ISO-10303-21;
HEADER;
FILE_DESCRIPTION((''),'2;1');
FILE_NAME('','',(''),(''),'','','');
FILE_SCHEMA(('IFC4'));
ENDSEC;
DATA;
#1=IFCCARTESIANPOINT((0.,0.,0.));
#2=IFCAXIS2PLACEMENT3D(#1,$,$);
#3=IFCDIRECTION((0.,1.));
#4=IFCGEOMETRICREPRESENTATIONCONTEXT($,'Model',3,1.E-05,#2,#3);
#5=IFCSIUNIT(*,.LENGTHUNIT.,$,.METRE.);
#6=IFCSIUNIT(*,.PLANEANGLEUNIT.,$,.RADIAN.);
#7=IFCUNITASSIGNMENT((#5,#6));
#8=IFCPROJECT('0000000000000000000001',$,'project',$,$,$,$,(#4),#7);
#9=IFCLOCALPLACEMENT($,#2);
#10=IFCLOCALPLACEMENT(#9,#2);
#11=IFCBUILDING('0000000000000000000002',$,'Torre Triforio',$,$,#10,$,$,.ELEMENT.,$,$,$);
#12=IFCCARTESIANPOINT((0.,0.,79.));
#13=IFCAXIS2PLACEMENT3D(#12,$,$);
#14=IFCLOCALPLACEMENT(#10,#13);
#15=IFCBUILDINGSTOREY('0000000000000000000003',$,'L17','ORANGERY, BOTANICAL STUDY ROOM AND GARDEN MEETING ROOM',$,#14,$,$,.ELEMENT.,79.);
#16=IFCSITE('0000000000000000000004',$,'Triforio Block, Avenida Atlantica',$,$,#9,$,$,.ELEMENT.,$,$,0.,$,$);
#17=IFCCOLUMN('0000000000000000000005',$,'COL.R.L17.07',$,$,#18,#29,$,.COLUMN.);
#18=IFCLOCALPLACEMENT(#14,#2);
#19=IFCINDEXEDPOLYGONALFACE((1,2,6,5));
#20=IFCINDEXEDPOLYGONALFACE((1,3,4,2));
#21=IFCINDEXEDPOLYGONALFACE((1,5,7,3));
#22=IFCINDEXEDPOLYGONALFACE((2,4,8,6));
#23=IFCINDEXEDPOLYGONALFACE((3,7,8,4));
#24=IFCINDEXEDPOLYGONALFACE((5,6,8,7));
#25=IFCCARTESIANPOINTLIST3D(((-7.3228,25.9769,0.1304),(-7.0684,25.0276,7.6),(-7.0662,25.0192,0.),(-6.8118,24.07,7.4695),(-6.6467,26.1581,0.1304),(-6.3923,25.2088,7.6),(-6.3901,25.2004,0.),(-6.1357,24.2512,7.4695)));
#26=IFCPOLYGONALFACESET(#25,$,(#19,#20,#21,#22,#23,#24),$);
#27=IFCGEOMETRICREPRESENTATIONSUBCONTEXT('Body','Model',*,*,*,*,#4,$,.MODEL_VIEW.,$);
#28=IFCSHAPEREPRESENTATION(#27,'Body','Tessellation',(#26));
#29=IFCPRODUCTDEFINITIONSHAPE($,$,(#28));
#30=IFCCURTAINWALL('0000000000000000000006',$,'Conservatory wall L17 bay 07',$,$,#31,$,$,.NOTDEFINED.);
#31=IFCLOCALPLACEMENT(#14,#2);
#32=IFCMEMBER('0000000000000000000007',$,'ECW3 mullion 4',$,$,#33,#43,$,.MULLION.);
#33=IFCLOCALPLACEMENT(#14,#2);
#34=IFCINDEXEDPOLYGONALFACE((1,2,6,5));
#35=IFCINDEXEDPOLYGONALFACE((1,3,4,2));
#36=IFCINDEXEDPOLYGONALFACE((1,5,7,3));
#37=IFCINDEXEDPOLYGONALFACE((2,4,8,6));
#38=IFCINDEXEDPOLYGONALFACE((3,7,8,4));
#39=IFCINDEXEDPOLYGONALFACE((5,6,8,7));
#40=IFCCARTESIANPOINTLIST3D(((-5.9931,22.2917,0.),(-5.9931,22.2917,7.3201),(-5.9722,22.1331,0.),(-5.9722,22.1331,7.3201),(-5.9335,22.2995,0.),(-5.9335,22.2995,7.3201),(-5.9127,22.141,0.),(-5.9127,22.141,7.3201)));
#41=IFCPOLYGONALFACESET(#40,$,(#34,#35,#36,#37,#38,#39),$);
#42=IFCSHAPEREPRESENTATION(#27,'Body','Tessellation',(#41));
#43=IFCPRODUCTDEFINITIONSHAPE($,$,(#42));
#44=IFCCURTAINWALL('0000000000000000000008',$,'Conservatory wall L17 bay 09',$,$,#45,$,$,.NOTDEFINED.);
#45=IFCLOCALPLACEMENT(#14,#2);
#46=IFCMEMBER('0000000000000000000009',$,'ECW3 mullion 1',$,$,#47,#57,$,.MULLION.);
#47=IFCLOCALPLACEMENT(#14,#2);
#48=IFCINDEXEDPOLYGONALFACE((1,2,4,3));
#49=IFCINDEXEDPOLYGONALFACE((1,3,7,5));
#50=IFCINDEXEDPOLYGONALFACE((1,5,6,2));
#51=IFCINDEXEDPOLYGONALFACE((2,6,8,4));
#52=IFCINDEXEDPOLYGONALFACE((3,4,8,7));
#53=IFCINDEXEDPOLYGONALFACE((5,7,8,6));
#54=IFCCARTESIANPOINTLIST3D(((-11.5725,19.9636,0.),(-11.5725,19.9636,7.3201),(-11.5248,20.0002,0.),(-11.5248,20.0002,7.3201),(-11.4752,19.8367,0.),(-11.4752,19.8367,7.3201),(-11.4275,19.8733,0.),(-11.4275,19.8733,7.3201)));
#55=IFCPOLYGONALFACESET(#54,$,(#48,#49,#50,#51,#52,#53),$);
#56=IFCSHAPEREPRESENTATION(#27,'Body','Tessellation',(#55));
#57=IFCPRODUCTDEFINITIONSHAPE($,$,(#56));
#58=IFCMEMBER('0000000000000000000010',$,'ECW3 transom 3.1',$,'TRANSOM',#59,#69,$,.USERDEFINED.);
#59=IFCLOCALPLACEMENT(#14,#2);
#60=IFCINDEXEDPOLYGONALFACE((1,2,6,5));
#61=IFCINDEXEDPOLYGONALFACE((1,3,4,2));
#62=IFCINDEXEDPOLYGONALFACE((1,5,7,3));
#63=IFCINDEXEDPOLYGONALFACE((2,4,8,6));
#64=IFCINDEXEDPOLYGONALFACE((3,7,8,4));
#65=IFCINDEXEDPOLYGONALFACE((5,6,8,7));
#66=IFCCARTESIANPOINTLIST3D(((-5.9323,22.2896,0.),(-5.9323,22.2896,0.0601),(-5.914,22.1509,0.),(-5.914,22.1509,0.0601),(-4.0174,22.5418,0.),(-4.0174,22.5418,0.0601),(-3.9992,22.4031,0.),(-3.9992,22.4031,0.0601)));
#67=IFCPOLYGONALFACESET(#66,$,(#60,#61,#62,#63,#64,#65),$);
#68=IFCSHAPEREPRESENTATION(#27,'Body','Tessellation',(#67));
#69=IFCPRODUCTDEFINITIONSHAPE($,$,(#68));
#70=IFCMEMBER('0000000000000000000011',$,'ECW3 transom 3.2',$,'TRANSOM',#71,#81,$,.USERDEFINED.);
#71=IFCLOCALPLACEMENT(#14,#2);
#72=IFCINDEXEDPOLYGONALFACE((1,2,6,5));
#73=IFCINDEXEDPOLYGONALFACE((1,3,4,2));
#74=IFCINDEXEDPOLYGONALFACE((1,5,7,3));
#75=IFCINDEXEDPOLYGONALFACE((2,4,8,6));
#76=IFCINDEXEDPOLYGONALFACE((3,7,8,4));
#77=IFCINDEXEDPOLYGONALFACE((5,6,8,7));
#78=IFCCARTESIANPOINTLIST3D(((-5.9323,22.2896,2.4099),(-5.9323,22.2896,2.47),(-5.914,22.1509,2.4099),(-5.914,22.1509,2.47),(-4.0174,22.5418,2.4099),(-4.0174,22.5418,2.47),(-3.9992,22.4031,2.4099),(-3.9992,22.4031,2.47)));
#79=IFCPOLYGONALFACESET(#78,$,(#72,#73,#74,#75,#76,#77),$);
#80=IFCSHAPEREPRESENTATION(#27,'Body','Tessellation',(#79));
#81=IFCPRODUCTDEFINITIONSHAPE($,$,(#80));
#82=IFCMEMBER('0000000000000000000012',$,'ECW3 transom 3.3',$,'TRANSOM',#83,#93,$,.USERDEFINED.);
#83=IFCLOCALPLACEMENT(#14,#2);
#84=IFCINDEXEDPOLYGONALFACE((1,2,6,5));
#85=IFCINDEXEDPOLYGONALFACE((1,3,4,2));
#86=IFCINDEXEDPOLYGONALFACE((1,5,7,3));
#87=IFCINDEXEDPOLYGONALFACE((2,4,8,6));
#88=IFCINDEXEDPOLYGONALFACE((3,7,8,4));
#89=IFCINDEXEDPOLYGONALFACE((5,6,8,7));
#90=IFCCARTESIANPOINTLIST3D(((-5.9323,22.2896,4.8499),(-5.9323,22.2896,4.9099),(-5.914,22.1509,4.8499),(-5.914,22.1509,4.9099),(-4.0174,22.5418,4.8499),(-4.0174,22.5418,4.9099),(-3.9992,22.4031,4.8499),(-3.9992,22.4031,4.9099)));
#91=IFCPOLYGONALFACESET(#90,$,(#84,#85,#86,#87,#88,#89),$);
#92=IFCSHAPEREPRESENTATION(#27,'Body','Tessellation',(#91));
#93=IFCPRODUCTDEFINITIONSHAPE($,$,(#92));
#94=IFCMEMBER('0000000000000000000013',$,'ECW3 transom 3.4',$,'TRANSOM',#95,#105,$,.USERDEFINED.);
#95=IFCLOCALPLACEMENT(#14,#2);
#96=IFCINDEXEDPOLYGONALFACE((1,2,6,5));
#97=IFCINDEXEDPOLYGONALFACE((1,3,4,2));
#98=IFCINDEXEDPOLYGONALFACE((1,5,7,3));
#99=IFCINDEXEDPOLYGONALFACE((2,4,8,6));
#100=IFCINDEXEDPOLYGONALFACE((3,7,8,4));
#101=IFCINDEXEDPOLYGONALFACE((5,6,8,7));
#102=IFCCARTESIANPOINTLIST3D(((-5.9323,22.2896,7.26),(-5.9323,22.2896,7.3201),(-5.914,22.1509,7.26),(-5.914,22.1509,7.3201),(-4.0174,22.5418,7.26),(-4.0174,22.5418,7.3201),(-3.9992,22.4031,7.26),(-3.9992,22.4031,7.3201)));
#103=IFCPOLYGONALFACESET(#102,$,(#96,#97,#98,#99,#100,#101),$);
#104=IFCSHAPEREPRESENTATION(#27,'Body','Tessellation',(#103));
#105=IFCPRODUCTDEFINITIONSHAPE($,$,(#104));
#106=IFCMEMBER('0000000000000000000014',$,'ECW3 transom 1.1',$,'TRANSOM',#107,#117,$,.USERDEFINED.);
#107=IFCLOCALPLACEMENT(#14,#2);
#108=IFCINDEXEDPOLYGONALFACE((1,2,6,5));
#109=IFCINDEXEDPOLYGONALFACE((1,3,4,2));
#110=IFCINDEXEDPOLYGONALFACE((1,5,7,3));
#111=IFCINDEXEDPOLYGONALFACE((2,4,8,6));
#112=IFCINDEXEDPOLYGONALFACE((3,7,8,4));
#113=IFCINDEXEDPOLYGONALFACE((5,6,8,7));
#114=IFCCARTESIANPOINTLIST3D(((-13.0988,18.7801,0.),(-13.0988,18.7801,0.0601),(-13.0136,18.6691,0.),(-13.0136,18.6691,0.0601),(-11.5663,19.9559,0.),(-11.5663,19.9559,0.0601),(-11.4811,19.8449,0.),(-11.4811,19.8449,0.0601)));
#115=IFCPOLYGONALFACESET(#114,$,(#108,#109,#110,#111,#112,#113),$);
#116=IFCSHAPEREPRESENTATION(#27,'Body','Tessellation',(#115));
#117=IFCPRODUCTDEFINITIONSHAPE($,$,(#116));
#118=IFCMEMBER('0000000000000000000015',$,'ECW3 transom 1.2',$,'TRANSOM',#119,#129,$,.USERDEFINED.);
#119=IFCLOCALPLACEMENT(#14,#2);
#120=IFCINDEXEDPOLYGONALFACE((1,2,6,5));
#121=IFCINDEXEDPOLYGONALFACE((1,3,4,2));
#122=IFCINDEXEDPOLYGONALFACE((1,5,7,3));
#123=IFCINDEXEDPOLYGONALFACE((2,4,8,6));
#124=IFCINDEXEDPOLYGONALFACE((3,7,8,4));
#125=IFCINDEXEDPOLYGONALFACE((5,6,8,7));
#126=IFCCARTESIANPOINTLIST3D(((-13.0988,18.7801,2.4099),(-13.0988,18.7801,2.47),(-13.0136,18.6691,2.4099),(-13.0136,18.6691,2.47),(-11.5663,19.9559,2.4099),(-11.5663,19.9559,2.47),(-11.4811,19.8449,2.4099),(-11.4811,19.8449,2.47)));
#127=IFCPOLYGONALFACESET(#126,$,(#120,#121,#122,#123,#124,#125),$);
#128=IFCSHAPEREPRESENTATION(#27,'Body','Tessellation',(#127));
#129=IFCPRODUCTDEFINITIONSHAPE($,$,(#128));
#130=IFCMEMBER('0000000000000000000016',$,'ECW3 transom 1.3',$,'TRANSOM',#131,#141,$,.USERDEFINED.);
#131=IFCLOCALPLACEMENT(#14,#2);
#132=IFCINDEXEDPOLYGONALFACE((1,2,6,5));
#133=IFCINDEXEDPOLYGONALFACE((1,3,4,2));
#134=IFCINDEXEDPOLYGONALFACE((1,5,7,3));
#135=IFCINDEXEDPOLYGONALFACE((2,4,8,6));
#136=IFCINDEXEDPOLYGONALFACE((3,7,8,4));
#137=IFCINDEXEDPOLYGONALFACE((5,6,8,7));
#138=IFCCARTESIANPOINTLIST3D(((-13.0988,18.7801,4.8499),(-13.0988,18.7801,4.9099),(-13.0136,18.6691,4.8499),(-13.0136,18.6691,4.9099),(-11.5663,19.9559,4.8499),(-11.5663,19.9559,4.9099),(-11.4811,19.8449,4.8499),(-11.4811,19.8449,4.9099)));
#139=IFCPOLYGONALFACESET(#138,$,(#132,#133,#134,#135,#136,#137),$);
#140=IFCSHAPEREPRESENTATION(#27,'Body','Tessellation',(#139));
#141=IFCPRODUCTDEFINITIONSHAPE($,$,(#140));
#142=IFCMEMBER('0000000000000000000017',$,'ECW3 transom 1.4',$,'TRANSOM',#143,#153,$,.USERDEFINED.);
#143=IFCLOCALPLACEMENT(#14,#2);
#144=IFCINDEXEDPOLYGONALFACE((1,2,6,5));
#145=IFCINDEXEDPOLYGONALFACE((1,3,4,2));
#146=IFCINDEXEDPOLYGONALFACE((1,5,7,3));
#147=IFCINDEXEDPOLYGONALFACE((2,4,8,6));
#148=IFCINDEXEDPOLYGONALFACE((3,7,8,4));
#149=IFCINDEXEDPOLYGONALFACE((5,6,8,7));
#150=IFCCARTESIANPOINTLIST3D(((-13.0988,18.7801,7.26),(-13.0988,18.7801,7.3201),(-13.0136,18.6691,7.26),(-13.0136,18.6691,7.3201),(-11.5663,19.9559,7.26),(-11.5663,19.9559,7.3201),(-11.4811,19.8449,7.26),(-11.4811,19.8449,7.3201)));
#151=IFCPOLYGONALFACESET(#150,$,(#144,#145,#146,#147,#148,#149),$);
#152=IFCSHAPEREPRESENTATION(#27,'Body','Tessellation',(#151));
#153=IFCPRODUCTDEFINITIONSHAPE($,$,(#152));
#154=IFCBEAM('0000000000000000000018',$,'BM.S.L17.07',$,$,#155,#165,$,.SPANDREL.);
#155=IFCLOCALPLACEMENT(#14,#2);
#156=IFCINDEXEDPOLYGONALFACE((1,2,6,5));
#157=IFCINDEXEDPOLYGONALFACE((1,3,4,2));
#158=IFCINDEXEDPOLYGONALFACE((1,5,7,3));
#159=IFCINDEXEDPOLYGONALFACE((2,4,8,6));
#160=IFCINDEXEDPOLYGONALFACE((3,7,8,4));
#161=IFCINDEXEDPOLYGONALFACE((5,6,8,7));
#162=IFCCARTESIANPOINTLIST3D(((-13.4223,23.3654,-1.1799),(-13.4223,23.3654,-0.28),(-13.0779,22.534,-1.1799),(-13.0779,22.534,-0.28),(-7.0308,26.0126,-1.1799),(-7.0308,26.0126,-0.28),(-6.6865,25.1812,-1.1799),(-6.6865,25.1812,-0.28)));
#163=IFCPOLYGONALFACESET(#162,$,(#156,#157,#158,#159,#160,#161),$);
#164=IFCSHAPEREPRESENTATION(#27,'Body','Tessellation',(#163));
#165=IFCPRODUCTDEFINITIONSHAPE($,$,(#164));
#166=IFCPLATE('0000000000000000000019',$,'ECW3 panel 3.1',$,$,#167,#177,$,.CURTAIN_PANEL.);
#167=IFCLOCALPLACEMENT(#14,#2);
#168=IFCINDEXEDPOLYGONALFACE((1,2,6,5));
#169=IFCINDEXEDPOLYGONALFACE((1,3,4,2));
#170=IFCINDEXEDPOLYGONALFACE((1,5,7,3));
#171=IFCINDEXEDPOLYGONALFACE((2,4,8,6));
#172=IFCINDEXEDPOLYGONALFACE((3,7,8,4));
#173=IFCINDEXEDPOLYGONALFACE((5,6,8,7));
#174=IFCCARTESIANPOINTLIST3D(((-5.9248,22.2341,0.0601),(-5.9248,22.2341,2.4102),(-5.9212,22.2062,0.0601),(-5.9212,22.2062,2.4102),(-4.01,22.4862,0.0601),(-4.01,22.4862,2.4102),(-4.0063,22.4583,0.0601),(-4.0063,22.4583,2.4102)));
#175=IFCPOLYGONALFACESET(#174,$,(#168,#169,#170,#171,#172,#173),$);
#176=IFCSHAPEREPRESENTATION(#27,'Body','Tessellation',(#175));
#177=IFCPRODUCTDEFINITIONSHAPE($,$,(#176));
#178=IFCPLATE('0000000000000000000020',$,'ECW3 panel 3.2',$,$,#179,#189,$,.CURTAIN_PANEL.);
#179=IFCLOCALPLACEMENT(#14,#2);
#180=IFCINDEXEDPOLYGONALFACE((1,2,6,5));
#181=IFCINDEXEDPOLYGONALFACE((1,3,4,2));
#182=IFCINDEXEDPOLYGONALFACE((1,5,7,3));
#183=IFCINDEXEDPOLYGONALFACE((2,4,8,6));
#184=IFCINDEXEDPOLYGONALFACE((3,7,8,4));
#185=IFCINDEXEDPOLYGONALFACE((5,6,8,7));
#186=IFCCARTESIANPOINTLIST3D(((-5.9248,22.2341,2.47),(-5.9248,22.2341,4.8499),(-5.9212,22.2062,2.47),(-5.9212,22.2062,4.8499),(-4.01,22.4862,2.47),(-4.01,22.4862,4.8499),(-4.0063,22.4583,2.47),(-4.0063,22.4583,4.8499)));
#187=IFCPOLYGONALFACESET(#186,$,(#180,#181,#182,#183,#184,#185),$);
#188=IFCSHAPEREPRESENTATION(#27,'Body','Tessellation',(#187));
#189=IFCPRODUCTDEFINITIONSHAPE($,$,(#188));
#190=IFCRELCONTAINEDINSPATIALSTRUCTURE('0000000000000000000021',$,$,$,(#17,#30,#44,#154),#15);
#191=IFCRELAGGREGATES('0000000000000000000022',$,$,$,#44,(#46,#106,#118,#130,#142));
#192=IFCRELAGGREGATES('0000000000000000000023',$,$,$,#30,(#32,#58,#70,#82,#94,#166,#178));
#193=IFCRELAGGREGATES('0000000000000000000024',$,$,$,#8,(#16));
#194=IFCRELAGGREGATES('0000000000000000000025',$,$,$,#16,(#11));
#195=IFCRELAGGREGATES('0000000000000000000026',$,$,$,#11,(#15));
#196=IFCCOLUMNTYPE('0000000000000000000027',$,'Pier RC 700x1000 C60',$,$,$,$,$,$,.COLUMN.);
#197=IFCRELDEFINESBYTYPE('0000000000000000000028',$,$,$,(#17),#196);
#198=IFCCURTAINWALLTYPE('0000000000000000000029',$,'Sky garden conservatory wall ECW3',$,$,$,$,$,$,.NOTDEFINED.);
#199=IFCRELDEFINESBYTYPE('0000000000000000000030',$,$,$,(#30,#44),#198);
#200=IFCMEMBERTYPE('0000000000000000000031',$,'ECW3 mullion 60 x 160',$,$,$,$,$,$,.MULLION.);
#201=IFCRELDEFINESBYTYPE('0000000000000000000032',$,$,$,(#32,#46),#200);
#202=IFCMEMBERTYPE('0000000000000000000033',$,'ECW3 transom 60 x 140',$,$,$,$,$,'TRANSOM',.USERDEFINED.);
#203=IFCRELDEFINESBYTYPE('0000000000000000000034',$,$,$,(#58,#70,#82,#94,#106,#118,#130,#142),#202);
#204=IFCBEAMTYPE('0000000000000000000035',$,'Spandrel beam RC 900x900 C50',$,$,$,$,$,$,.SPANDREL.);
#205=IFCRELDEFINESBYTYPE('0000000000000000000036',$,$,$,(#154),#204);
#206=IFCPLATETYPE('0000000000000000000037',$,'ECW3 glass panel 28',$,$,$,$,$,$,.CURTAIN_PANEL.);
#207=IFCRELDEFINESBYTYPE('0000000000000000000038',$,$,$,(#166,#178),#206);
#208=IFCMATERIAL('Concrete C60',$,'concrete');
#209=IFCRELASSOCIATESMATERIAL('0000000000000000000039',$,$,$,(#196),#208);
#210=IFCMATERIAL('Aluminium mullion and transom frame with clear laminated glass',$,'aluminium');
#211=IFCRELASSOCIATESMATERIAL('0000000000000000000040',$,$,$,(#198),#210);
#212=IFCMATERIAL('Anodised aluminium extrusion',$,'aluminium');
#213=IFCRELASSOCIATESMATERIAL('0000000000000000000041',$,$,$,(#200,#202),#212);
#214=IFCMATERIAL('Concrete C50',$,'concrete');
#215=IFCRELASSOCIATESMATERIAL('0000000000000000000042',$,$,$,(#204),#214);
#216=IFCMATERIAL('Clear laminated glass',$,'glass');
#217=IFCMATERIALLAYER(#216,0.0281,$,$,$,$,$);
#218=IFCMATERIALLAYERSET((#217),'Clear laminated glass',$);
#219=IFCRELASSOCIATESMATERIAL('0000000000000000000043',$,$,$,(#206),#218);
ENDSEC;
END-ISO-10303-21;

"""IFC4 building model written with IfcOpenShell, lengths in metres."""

from ifc_helpers import new_model, si_unit, direction, frame, origin, origin_2d, place, context, subcontext, project, spatial, rectangle, extrude, material, layer, layer_set, material_profile, profile_set, type_object, element, aggregate, save


model = new_model("IFC4")

# Units and contexts
model_context = context("Model", 3, precision=1e-05, world=origin(), true_north=direction((0.0, 1.0)))
body_context = subcontext(model_context, "Body", "Model", "MODEL_VIEW")
ifc_project = project(units=[si_unit("LENGTHUNIT", "METRE"), si_unit("PLANEANGLEUNIT", "RADIAN")], contexts=[model_context])

# Site, building, storey
site_placement = place(None, origin())
site = spatial("IfcSite", under=ifc_project, at=site_placement, Name="Triforio Block, Avenida Atlantica", CompositionType="ELEMENT", RefElevation=0.0)
building_placement = place(site_placement, origin())
building = spatial("IfcBuilding", under=site, at=building_placement, Name="Torre Triforio", CompositionType="ELEMENT")
storey_placement = place(building_placement, frame((0.0, 0.0, 79.0)))
storey = spatial("IfcBuildingStorey", under=building, at=storey_placement, Name="L17", Description="ORANGERY, BOTANICAL STUDY ROOM AND GARDEN MEETING ROOM", CompositionType="ELEMENT", Elevation=79.0)

# Column
ifc_material_1 = material(Name="Concrete C60", Category="concrete")
ifc_material_profile_1 = material_profile(ifc_material_1, rectangle(XDim=0.7, YDim=1.0, at=origin_2d()), Name="RC 700x1000")
ifc_profile_set_1 = profile_set([ifc_material_profile_1], Name="Concrete C60")
column_type = type_object("IfcColumnType", Name="Pier RC 700x1000 C60", PredefinedType="COLUMN", material=ifc_profile_set_1)
column_placement = place(storey_placement, frame((-6.8564, 25.5886, 0.0652), z_axis=(0.033767, -0.125994, 0.991456), x_axis=(0.965913, 0.258869, 0.0)))
element("IfcColumn", 1, at=column_placement, inside=storey, type_object=column_type, Name="COL.R.L17.07", PredefinedType="COLUMN", context=body_context, shape_type="SweptSolid", body=[
    extrude(rectangle(XDim=0.7, YDim=1.0, at=origin_2d()), origin(), (0.0, 0.0, 1.0), 7.5339),
])

# Curtain walls, members
ifc_material_2 = material(Name="Aluminium mullion and transom frame with clear laminated glass", Category="aluminium")
curtain_wall_type = type_object("IfcCurtainWallType", Name="Sky garden conservatory wall ECW3", PredefinedType="NOTDEFINED", material=ifc_material_2)
curtain_wall_1_placement = place(storey_placement, origin())
curtain_wall_1 = element("IfcCurtainWall", 2, at=curtain_wall_1_placement, inside=storey, type_object=curtain_wall_type, Name="Conservatory wall L17 bay 07", PredefinedType="NOTDEFINED")
ifc_material_3 = material(Name="Anodised aluminium extrusion", Category="aluminium")
ifc_material_profile_2 = material_profile(ifc_material_3, rectangle(XDim=0.1599, YDim=0.0601, at=origin_2d()), Name="ECW3 MULLION 60x160")
ifc_profile_set_2 = profile_set([ifc_material_profile_2], Name="Anodised aluminium extrusion")
member_type_1 = type_object("IfcMemberType", Name="ECW3 mullion 60 x 160", PredefinedType="MULLION", material=ifc_profile_set_2)
member_1_placement = place(storey_placement, frame((-5.9529, 22.2163, 0.0), z_axis=(0.0, 0.0, 1.0), x_axis=(0.130521, -0.991446, 0.0)))
member_1 = element("IfcMember", 3, at=member_1_placement, type_object=member_type_1, Name="ECW3 mullion 4", PredefinedType="MULLION", context=body_context, shape_type="SweptSolid", body=[
    extrude(rectangle(XDim=0.1599, YDim=0.0601, at=origin_2d()), origin(), (0.0, 0.0, 1.0), 7.3201),
])
curtain_wall_2_placement = place(storey_placement, origin())
curtain_wall_2 = element("IfcCurtainWall", 4, at=curtain_wall_2_placement, inside=storey, type_object=curtain_wall_type, Name="Conservatory wall L17 bay 09", PredefinedType="NOTDEFINED")
member_2_placement = place(storey_placement, frame((-11.5, 19.9185, 0.0), z_axis=(0.0, 0.0, 1.0), x_axis=(0.608752, -0.79336, 0.0)))
member_2 = element("IfcMember", 5, at=member_2_placement, type_object=member_type_1, Name="ECW3 mullion 1", PredefinedType="MULLION", context=body_context, shape_type="SweptSolid", body=[
    extrude(rectangle(XDim=0.1599, YDim=0.0601, at=origin_2d()), origin(), (0.0, 0.0, 1.0), 7.3201),
])

# Members
ifc_material_profile_3 = material_profile(ifc_material_3, rectangle(XDim=0.1399, YDim=0.0601, at=origin_2d()), Name="ECW3 TRANSOM 60x140")
ifc_profile_set_3 = profile_set([ifc_material_profile_3], Name="Anodised aluminium extrusion")
member_type_2 = type_object("IfcMemberType", Name="ECW3 transom 60 x 140", ElementType="TRANSOM", PredefinedType="USERDEFINED", material=ifc_profile_set_3)
member_3_placement = place(storey_placement, frame((-4.0083, 22.4724, 0.03), z_axis=(-0.991438, -0.130582, 0.0), x_axis=(0.130582, -0.991438, 0.0)))
member_3 = element("IfcMember", 6, at=member_3_placement, type_object=member_type_2, Name="ECW3 transom 3.1", ObjectType="TRANSOM", PredefinedType="USERDEFINED", context=body_context, shape_type="SweptSolid", body=[
    extrude(rectangle(XDim=0.1399, YDim=0.0601, at=origin_2d()), origin(), (0.0, 0.0, 1.0), 1.9314),
])
member_4_placement = place(storey_placement, frame((-4.0083, 22.4724, 2.4399), z_axis=(-0.991438, -0.130582, 0.0), x_axis=(0.130582, -0.991438, 0.0)))
member_4 = element("IfcMember", 7, at=member_4_placement, type_object=member_type_2, Name="ECW3 transom 3.2", ObjectType="TRANSOM", PredefinedType="USERDEFINED", context=body_context, shape_type="SweptSolid", body=[
    extrude(rectangle(XDim=0.1399, YDim=0.0601, at=origin_2d()), origin(), (0.0, 0.0, 1.0), 1.9314),
])
member_5_placement = place(storey_placement, frame((-4.0083, 22.4724, 4.8799), z_axis=(-0.991438, -0.130582, 0.0), x_axis=(0.130582, -0.991438, 0.0)))
member_5 = element("IfcMember", 8, at=member_5_placement, type_object=member_type_2, Name="ECW3 transom 3.3", ObjectType="TRANSOM", PredefinedType="USERDEFINED", context=body_context, shape_type="SweptSolid", body=[
    extrude(rectangle(XDim=0.1399, YDim=0.0601, at=origin_2d()), origin(), (0.0, 0.0, 1.0), 1.9314),
])
member_6_placement = place(storey_placement, frame((-4.0083, 22.4724, 7.29), z_axis=(-0.991438, -0.130582, 0.0), x_axis=(0.130582, -0.991438, 0.0)))
member_6 = element("IfcMember", 9, at=member_6_placement, type_object=member_type_2, Name="ECW3 transom 3.4", ObjectType="TRANSOM", PredefinedType="USERDEFINED", context=body_context, shape_type="SweptSolid", body=[
    extrude(rectangle(XDim=0.1399, YDim=0.0601, at=origin_2d()), origin(), (0.0, 0.0, 1.0), 1.9314),
])
member_7_placement = place(storey_placement, frame((-11.5237, 19.9004, 0.03), z_axis=(-0.793385, -0.608721, 0.0), x_axis=(0.608721, -0.793385, 0.0)))
member_7 = element("IfcMember", 10, at=member_7_placement, type_object=member_type_2, Name="ECW3 transom 1.1", ObjectType="TRANSOM", PredefinedType="USERDEFINED", context=body_context, shape_type="SweptSolid", body=[
    extrude(rectangle(XDim=0.1399, YDim=0.0601, at=origin_2d()), origin(), (0.0, 0.0, 1.0), 1.9316),
])
member_8_placement = place(storey_placement, frame((-11.5237, 19.9004, 2.4399), z_axis=(-0.793385, -0.608721, 0.0), x_axis=(0.608721, -0.793385, 0.0)))
member_8 = element("IfcMember", 11, at=member_8_placement, type_object=member_type_2, Name="ECW3 transom 1.2", ObjectType="TRANSOM", PredefinedType="USERDEFINED", context=body_context, shape_type="SweptSolid", body=[
    extrude(rectangle(XDim=0.1399, YDim=0.0601, at=origin_2d()), origin(), (0.0, 0.0, 1.0), 1.9316),
])
member_9_placement = place(storey_placement, frame((-11.5237, 19.9004, 4.8799), z_axis=(-0.793385, -0.608721, 0.0), x_axis=(0.608721, -0.793385, 0.0)))
member_9 = element("IfcMember", 12, at=member_9_placement, type_object=member_type_2, Name="ECW3 transom 1.3", ObjectType="TRANSOM", PredefinedType="USERDEFINED", context=body_context, shape_type="SweptSolid", body=[
    extrude(rectangle(XDim=0.1399, YDim=0.0601, at=origin_2d()), origin(), (0.0, 0.0, 1.0), 1.9316),
])
member_10_placement = place(storey_placement, frame((-11.5237, 19.9004, 7.29), z_axis=(-0.793385, -0.608721, 0.0), x_axis=(0.608721, -0.793385, 0.0)))
member_10 = element("IfcMember", 13, at=member_10_placement, type_object=member_type_2, Name="ECW3 transom 1.4", ObjectType="TRANSOM", PredefinedType="USERDEFINED", context=body_context, shape_type="SweptSolid", body=[
    extrude(rectangle(XDim=0.1399, YDim=0.0601, at=origin_2d()), origin(), (0.0, 0.0, 1.0), 1.9316),
])
aggregate(curtain_wall_2, [member_2, member_7, member_8, member_9, member_10])

# Beam
ifc_material_4 = material(Name="Concrete C50", Category="concrete")
ifc_material_profile_4 = material_profile(ifc_material_4, rectangle(XDim=0.8999, YDim=0.8999, at=origin_2d()), Name="RC 900x900")
ifc_profile_set_4 = profile_set([ifc_material_profile_4], Name="Concrete C50")
beam_type = type_object("IfcBeamType", Name="Spandrel beam RC 900x900 C50", PredefinedType="SPANDREL", material=ifc_profile_set_4)
beam_placement = place(storey_placement, frame((-6.8586, 25.5969, -0.73), z_axis=(-0.923888, -0.382662, 0.0), x_axis=(0.382662, -0.923888, 0.0)))
element("IfcBeam", 14, at=beam_placement, inside=storey, type_object=beam_type, Name="BM.S.L17.07", PredefinedType="SPANDREL", context=body_context, shape_type="SweptSolid", body=[
    extrude(rectangle(XDim=0.8999, YDim=0.8999, at=origin_2d()), origin(), (0.0, 0.0, 1.0), 6.918),
])

# Plates
ifc_material_5 = material(Name="Clear laminated glass", Category="glass")
ifc_layer_1 = layer(ifc_material_5, 0.0281)
ifc_layer_set_1 = layer_set([ifc_layer_1], Name="Clear laminated glass")
plate_type = type_object("IfcPlateType", Name="ECW3 glass panel 28", PredefinedType="CURTAIN_PANEL", material=ifc_layer_set_1)
plate_1_placement = place(storey_placement, frame((-4.9656, 22.3462, 0.0601), z_axis=(0.0, 0.0, 1.0), x_axis=(-0.991446, -0.130521, 0.0)))
plate_1 = element("IfcPlate", 15, at=plate_1_placement, type_object=plate_type, Name="ECW3 panel 3.1", PredefinedType="CURTAIN_PANEL", context=body_context, shape_type="SweptSolid", body=[
    extrude(rectangle(XDim=1.9314, YDim=0.0281, at=origin_2d()), origin(), (0.0, 0.0, 1.0), 2.3501),
])
plate_2_placement = place(storey_placement, frame((-4.9656, 22.3462, 2.47), z_axis=(0.0, 0.0, 1.0), x_axis=(-0.991446, -0.130521, 0.0)))
plate_2 = element("IfcPlate", 16, at=plate_2_placement, type_object=plate_type, Name="ECW3 panel 3.2", PredefinedType="CURTAIN_PANEL", context=body_context, shape_type="SweptSolid", body=[
    extrude(rectangle(XDim=1.9314, YDim=0.0281, at=origin_2d()), origin(), (0.0, 0.0, 1.0), 2.3799),
])
aggregate(curtain_wall_1, [member_1, member_3, member_4, member_5, member_6, plate_1, plate_2])

save(model, "model.ifc")
